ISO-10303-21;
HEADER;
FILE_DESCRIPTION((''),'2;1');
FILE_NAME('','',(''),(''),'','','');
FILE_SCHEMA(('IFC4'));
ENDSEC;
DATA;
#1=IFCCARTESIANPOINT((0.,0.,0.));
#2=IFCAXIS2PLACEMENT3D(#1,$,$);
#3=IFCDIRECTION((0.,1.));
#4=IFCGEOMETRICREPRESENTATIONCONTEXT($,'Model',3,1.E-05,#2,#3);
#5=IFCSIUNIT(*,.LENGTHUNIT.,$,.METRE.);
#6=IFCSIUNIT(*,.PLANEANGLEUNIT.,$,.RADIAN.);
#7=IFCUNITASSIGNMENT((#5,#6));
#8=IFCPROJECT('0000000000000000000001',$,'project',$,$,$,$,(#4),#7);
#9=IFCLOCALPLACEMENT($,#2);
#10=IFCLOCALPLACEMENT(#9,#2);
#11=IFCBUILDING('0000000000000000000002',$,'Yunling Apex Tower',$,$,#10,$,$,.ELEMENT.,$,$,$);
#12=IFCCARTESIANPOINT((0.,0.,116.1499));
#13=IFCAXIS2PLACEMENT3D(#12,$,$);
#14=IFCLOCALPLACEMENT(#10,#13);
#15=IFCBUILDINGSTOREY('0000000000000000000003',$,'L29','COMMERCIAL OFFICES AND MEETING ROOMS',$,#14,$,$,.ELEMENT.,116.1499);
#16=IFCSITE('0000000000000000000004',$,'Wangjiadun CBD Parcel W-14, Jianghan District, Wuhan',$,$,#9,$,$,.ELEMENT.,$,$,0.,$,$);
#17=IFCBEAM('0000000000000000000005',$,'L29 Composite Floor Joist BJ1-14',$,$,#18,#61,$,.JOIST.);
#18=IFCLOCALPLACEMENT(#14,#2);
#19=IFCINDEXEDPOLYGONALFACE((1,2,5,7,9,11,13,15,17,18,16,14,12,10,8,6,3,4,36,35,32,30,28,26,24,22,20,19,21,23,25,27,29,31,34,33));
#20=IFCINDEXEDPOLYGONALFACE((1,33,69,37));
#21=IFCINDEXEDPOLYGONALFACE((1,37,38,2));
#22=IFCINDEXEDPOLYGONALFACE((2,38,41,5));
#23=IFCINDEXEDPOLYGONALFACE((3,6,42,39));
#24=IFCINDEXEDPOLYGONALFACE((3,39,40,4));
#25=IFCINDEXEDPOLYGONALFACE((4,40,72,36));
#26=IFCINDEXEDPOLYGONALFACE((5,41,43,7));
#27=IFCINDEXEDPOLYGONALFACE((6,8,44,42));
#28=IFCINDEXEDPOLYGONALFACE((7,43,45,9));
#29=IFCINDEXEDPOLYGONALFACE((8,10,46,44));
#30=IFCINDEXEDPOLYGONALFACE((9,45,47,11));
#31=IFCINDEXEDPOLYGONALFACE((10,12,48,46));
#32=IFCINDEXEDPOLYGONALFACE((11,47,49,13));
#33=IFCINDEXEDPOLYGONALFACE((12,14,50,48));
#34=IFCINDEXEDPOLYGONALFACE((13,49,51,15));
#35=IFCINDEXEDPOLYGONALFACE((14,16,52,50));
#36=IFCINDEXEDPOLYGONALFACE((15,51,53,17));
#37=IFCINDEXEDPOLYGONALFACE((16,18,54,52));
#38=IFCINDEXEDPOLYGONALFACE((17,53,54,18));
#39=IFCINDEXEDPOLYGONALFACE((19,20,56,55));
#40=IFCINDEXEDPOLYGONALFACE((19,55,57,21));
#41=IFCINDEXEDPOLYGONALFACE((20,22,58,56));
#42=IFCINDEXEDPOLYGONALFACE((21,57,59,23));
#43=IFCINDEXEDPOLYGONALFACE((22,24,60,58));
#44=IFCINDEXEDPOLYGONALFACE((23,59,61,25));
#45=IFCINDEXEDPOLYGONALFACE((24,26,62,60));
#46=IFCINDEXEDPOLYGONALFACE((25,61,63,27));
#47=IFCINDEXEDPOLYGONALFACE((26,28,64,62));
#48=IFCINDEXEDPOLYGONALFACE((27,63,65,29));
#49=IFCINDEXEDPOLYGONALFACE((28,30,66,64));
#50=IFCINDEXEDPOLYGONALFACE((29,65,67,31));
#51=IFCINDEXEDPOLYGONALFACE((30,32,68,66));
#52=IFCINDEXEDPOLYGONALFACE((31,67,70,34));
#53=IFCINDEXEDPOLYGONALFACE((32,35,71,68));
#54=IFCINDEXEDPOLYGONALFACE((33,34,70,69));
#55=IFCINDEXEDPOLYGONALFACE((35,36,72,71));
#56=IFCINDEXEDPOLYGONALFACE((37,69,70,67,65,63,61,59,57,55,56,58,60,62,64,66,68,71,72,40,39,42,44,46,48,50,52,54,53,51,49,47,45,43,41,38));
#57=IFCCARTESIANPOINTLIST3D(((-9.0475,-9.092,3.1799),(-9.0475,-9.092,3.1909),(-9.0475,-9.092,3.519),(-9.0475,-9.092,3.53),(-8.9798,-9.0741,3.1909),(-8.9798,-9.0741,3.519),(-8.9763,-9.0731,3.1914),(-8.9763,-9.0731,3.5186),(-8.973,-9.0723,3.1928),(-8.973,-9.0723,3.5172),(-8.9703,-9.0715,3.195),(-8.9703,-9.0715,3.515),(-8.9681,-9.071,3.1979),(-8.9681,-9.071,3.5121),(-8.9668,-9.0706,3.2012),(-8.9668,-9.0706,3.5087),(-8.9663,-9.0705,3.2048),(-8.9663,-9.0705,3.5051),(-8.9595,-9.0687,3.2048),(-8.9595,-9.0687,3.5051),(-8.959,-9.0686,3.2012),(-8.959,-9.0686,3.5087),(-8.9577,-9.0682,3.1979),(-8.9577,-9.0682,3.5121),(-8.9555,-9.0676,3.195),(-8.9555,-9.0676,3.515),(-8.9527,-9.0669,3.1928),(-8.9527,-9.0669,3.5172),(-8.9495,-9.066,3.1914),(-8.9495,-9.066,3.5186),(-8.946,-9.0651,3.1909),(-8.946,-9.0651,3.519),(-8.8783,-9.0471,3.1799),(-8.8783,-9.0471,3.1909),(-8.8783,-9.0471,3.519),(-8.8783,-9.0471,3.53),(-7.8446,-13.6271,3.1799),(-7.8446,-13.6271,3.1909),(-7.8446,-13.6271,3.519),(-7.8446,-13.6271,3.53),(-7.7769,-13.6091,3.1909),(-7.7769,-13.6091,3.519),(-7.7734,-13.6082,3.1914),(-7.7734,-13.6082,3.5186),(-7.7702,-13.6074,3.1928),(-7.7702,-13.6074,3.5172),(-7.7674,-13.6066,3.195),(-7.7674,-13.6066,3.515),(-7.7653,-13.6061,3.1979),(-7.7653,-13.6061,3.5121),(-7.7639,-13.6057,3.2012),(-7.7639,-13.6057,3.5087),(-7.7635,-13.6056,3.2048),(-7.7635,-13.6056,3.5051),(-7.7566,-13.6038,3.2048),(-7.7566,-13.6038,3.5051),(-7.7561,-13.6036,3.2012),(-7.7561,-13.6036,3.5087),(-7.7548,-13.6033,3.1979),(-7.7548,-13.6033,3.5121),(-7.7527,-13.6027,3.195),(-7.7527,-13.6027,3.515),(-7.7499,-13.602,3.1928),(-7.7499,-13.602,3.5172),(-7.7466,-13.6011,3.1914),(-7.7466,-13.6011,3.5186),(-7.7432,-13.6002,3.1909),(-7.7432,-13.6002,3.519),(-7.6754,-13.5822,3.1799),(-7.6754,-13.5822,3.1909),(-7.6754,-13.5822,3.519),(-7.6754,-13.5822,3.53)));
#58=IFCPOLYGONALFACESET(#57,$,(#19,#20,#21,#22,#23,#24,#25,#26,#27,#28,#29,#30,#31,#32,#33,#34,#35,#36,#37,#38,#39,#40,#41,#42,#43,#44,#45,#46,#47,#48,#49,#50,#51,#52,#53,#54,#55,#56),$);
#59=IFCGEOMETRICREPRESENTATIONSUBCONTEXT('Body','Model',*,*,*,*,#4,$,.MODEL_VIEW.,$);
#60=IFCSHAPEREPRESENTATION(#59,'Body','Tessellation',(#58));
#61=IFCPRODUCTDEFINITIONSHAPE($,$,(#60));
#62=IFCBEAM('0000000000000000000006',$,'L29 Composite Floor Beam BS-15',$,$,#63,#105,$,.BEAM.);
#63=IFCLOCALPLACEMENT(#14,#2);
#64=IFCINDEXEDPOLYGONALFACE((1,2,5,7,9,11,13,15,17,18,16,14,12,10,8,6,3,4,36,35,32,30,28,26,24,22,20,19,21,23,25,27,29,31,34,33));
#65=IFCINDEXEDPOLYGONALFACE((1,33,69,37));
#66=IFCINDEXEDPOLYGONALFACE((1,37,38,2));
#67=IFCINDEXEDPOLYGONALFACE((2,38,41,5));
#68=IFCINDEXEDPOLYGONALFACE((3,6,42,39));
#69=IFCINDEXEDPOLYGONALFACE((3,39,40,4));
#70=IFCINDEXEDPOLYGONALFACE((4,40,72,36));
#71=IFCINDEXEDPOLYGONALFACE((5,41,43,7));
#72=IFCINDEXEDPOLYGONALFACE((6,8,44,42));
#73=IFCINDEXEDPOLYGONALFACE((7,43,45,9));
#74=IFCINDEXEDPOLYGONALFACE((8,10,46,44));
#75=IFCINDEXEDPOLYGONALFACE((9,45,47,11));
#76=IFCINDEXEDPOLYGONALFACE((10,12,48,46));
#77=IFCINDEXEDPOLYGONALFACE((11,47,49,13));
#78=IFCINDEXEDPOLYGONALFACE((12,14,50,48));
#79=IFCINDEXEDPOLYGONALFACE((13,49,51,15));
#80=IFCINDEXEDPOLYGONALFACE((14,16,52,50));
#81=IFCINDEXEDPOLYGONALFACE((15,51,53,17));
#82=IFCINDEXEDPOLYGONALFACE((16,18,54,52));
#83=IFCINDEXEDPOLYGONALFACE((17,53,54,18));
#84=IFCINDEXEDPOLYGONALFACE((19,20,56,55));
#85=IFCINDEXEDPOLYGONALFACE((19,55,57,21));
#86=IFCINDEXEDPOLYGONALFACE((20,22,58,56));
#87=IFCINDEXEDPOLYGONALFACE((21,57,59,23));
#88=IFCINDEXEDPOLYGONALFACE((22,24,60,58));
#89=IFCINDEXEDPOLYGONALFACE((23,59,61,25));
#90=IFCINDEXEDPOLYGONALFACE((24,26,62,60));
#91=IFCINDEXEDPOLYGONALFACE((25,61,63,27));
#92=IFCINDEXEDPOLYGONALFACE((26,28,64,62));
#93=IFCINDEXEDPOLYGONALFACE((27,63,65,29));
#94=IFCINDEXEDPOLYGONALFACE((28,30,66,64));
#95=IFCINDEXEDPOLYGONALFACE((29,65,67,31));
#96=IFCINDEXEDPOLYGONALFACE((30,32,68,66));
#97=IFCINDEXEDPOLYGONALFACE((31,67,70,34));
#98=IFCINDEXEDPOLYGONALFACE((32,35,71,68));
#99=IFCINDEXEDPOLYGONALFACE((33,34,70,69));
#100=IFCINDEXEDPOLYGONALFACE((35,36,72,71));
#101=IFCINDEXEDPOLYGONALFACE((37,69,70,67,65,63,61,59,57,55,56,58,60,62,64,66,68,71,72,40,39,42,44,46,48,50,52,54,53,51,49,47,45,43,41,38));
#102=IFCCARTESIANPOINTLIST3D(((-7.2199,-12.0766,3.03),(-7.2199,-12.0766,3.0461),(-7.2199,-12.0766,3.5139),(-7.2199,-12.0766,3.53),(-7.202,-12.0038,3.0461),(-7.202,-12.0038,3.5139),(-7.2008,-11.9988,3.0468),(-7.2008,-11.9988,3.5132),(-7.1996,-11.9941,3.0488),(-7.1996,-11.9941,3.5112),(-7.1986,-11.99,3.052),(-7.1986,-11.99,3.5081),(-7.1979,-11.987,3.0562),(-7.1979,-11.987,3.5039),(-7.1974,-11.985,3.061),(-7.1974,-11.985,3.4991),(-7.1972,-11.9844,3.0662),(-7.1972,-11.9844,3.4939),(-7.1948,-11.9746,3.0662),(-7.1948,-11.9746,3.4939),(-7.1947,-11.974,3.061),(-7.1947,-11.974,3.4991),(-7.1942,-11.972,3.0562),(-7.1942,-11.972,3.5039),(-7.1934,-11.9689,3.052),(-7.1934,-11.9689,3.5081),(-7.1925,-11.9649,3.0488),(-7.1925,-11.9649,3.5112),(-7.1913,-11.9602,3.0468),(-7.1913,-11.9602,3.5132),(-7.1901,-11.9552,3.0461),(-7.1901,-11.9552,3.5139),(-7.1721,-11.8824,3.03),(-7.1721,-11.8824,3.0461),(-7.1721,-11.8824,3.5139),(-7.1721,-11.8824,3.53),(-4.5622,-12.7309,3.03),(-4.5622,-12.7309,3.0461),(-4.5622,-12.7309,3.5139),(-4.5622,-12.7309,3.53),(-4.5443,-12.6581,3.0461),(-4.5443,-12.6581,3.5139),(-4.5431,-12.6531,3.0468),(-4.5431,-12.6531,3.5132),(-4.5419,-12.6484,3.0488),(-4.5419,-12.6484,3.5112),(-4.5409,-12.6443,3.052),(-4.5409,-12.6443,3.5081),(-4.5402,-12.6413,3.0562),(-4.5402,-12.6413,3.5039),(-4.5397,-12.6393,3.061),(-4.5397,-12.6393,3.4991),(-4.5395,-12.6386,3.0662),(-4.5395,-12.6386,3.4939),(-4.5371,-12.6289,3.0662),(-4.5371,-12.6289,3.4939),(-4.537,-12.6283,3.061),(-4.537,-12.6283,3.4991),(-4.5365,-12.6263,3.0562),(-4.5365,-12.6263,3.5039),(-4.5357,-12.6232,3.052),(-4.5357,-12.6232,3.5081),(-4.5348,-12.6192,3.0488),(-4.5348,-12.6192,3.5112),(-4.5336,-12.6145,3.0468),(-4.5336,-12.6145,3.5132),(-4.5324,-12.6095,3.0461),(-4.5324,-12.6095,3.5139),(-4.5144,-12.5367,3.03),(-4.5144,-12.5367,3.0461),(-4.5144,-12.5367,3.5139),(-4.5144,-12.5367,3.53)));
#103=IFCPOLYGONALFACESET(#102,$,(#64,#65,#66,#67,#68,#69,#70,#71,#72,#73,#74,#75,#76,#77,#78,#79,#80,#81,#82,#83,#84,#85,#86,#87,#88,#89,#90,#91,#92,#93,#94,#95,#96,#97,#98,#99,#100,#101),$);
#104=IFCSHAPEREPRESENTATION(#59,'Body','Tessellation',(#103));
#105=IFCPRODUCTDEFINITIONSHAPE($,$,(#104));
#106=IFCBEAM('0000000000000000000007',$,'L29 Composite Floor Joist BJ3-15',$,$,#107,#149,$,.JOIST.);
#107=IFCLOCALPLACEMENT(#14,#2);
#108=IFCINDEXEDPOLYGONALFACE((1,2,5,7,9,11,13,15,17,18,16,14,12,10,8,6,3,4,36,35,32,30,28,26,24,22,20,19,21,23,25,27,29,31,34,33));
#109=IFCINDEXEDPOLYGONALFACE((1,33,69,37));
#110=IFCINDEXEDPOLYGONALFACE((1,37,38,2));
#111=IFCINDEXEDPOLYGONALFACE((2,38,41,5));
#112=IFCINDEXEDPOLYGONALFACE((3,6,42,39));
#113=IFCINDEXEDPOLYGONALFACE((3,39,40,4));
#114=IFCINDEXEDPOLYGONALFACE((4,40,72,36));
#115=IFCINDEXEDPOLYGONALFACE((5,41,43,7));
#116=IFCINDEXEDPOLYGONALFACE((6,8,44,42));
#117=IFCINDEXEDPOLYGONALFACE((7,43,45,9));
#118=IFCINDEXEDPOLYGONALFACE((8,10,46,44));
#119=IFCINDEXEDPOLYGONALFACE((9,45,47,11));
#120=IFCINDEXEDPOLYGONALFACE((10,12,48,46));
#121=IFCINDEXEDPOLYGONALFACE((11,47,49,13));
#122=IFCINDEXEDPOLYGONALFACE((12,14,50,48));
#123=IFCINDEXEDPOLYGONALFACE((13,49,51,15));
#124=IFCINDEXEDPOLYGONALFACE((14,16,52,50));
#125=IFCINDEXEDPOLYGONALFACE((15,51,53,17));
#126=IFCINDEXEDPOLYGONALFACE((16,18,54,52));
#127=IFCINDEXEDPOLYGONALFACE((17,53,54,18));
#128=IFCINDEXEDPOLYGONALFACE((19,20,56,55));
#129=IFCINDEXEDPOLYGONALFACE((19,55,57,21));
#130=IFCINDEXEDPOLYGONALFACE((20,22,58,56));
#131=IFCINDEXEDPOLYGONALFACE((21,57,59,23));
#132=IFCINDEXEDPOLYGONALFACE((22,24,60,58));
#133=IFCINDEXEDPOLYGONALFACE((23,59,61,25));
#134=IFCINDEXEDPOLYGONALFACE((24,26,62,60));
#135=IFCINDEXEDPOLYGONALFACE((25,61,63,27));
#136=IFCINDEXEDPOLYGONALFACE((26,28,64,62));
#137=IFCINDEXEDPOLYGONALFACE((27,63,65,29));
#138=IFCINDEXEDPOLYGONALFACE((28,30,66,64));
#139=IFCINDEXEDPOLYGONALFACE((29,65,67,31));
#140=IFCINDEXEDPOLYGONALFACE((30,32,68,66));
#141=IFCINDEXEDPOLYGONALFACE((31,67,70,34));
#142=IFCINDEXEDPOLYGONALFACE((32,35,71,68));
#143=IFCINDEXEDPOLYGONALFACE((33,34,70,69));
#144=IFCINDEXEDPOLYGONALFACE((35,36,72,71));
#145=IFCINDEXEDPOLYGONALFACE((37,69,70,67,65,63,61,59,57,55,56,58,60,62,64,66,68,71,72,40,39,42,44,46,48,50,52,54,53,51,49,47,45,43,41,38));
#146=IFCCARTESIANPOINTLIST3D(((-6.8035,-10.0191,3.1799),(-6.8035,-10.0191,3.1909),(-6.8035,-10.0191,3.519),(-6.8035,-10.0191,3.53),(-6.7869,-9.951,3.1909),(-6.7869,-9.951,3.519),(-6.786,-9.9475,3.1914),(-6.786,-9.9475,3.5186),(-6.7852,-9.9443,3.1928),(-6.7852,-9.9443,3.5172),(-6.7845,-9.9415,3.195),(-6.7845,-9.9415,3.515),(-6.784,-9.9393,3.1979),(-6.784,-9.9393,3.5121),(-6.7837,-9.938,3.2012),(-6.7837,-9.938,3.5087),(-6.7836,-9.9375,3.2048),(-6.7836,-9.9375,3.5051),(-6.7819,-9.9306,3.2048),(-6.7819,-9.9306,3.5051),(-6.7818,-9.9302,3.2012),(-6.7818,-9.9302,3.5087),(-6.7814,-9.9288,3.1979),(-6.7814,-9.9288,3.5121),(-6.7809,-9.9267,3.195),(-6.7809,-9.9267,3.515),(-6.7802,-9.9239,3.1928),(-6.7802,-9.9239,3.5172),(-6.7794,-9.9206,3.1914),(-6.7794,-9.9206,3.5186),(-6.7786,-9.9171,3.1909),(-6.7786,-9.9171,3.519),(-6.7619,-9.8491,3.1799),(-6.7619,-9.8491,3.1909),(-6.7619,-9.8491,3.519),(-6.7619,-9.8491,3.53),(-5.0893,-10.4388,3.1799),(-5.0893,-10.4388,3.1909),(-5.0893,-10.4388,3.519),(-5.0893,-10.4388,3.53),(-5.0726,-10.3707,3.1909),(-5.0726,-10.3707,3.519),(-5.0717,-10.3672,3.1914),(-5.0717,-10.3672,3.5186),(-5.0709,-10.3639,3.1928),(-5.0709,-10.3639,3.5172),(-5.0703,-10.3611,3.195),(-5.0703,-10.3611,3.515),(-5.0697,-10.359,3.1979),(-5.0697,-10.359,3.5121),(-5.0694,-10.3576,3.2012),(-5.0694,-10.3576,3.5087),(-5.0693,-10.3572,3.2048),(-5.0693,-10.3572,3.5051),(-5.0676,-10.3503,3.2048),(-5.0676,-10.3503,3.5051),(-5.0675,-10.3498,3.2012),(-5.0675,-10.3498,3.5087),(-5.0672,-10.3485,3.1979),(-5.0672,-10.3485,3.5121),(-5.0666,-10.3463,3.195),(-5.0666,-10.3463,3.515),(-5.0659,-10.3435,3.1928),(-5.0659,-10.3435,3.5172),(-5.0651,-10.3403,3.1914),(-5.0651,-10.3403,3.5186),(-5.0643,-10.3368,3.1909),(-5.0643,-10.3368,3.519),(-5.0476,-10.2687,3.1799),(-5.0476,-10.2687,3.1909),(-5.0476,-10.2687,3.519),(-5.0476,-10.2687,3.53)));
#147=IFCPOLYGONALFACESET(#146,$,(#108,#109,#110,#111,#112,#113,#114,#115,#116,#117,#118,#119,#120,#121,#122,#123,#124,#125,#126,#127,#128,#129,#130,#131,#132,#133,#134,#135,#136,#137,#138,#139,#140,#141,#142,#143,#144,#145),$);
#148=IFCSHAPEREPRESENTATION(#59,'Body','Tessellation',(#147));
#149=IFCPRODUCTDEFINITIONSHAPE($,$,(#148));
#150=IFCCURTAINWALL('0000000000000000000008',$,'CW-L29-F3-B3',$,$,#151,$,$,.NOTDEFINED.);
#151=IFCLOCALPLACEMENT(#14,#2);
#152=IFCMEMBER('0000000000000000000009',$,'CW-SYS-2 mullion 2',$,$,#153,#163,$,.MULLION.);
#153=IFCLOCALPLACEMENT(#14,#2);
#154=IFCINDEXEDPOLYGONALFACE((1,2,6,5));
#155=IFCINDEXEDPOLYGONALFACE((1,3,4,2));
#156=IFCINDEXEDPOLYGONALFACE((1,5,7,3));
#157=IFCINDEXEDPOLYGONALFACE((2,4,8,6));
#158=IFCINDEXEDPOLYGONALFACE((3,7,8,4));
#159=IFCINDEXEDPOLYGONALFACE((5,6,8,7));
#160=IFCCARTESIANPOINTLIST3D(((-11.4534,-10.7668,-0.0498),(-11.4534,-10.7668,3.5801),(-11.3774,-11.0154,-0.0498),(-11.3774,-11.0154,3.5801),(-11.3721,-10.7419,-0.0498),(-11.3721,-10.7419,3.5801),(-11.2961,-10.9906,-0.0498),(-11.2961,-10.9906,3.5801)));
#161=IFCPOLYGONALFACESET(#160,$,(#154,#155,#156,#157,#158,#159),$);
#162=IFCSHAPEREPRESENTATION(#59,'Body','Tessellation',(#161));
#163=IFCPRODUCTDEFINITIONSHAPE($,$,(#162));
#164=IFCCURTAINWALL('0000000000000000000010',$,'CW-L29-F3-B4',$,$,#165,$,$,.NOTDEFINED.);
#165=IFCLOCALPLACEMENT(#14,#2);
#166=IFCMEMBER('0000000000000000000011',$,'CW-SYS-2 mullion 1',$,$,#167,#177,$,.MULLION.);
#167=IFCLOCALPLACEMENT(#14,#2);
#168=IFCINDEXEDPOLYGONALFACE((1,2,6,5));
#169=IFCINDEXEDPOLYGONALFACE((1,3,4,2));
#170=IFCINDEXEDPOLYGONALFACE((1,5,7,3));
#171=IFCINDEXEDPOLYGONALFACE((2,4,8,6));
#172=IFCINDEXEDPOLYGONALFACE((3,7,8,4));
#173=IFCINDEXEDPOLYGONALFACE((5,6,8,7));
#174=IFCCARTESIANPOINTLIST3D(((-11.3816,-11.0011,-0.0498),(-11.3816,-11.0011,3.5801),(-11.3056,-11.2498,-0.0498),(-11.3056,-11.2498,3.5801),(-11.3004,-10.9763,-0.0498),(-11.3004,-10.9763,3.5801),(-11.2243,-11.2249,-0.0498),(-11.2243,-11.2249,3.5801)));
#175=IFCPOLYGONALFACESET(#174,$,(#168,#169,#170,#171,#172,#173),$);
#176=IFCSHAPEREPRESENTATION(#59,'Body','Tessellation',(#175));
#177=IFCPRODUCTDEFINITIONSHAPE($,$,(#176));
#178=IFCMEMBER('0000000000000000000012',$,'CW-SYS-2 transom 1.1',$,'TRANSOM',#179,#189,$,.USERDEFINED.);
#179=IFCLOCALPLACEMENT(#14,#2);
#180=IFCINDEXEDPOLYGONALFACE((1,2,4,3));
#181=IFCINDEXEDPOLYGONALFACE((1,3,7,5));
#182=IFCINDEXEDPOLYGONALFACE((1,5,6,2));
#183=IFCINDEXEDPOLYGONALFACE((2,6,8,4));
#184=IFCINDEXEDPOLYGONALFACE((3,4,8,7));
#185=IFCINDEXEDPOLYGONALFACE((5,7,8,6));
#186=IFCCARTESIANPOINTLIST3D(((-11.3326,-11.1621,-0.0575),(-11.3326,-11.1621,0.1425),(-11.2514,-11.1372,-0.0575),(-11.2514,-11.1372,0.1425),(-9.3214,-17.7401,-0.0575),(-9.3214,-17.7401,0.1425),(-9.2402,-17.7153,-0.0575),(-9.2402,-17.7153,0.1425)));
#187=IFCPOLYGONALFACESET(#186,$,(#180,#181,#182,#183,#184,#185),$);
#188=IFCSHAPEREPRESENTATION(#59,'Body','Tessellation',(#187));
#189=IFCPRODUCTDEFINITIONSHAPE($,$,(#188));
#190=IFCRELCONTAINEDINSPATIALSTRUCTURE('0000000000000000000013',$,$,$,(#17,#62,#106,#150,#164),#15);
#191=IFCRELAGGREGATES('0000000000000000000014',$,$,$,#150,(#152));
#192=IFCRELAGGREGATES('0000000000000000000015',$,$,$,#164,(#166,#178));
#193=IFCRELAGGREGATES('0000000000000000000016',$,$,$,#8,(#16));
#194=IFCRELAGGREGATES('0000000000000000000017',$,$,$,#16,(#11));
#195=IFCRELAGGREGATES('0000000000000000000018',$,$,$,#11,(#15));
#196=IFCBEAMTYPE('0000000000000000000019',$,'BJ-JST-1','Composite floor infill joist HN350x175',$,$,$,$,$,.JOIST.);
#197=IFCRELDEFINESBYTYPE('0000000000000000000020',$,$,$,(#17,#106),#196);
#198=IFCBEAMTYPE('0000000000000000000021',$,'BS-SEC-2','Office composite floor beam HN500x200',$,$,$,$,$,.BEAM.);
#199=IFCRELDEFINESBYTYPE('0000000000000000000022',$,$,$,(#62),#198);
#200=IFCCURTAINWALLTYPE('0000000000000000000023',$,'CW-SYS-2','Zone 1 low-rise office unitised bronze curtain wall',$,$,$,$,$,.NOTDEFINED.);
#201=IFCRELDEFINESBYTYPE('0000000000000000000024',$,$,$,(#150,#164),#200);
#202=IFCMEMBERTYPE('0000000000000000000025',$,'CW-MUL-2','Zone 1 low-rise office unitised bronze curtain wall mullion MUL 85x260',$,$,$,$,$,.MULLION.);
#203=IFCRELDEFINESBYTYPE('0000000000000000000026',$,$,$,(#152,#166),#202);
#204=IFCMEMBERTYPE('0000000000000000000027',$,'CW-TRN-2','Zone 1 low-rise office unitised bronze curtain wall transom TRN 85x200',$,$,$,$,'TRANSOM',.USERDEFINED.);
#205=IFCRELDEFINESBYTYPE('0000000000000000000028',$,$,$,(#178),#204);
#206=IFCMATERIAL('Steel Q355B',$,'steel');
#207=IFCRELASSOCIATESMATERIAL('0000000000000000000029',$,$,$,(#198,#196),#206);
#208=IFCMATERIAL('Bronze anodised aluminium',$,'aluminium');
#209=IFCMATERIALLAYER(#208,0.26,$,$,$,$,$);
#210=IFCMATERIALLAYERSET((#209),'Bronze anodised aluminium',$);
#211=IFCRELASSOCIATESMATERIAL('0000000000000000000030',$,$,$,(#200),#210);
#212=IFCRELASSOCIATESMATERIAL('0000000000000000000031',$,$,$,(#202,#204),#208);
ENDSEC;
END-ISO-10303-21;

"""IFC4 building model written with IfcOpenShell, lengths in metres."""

from ifc_helpers import new_model, si_unit, direction, frame, origin, origin_2d, place, context, subcontext, project, spatial, rectangle, i_section, extrude, source, transform, mapped, material, layer, layer_set, material_profile, profile_set, type_object, element, aggregate, save


model = new_model("IFC4")

# Units and contexts
model_context = context("Model", 3, precision=1e-05, world=origin(), true_north=direction((0.0, 1.0)))
body_context = subcontext(model_context, "Body", "Model", "MODEL_VIEW")
ifc_project = project(units=[si_unit("LENGTHUNIT", "METRE"), si_unit("PLANEANGLEUNIT", "RADIAN")], contexts=[model_context])

# Site, building, storey
site_placement = place(None, origin())
site = spatial("IfcSite", under=ifc_project, at=site_placement, Name="Wangjiadun CBD Parcel W-14, Jianghan District, Wuhan", CompositionType="ELEMENT", RefElevation=0.0)
building_placement = place(site_placement, origin())
building = spatial("IfcBuilding", under=site, at=building_placement, Name="Yunling Apex Tower", CompositionType="ELEMENT")
storey_placement = place(building_placement, frame((0.0, 0.0, 116.1499)))
storey = spatial("IfcBuildingStorey", under=building, at=storey_placement, Name="L29", Description="COMMERCIAL OFFICES AND MEETING ROOMS", CompositionType="ELEMENT", Elevation=116.1499)

# Beams
ifc_material_1 = material(Name="Steel Q355B", Category="steel")
ifc_material_profile_1 = material_profile(ifc_material_1, i_section(OverallWidth=0.2, OverallDepth=0.5, WebThickness=0.01, FlangeThickness=0.0161, FilletRadius=0.02, at=origin_2d()))
ifc_profile_set_1 = profile_set([ifc_material_profile_1], Name="Steel Q355B")
beam_type_1 = type_object("IfcBeamType", Name="BS-SEC-2", Description="Office composite floor beam HN500x200", PredefinedType="BEAM", material=ifc_profile_set_1)
ifc_material_profile_2 = material_profile(ifc_material_1, i_section(OverallWidth=0.175, OverallDepth=0.3501, WebThickness=0.0071, FlangeThickness=0.011, FilletRadius=0.0139, at=origin_2d()))
ifc_profile_set_2 = profile_set([ifc_material_profile_2], Name="Steel Q355B")
beam_type_2 = type_object("IfcBeamType", Name="BJ-JST-1", Description="Composite floor infill joist HN350x175", PredefinedType="JOIST", material=ifc_profile_set_2)
shared_shape_1 = source(origin(), body_context, "Body", "SweptSolid", [
    extrude(i_section(OverallWidth=0.175, OverallDepth=0.3501, WebThickness=0.0071, FlangeThickness=0.011, FilletRadius=0.0139, at=origin_2d()), origin(), (0.0, 0.0, 1.0), 4.6919),
])
beam_1_placement = place(storey_placement, frame((-8.9629, -9.0696, 3.355), z_axis=(0.25637, -0.966579, 0.0), x_axis=(0.966579, 0.25637, 0.0)))
element("IfcBeam", 1, at=beam_1_placement, inside=storey, type_object=beam_type_2, Name="L29 Composite Floor Joist BJ1-14", PredefinedType="JOIST", context=body_context, shape_type="MappedRepresentation", body=[
    mapped(shared_shape_1, transform((0.0, 0.0, 0.0), scale=1.0)),
])
shared_shape_2 = source(origin(), body_context, "Body", "SweptSolid", [
    extrude(i_section(OverallWidth=0.2, OverallDepth=0.5, WebThickness=0.01, FlangeThickness=0.0161, FilletRadius=0.02, at=origin_2d()), origin(), (0.0, 0.0, 1.0), 2.7371),
])
beam_2_placement = place(storey_placement, frame((-7.196, -11.9795, 3.28), z_axis=(0.971007, -0.23905, 0.0), x_axis=(0.23905, 0.971007, 0.0)))
element("IfcBeam", 2, at=beam_2_placement, inside=storey, type_object=beam_type_1, Name="L29 Composite Floor Beam BS-15", PredefinedType="BEAM", context=body_context, shape_type="MappedRepresentation", body=[
    mapped(shared_shape_2, transform((0.0, 0.0, 0.0), scale=1.0)),
])
shared_shape_3 = source(origin(), body_context, "Body", "SweptSolid", [
    extrude(i_section(OverallWidth=0.175, OverallDepth=0.3501, WebThickness=0.0071, FlangeThickness=0.011, FilletRadius=0.0139, at=origin_2d()), origin(), (0.0, 0.0, 1.0), 1.7649),
])
beam_3_placement = place(storey_placement, frame((-6.7827, -9.9341, 3.355), z_axis=(0.971319, -0.237781, 0.0), x_axis=(0.237781, 0.971319, 0.0)))
element("IfcBeam", 3, at=beam_3_placement, inside=storey, type_object=beam_type_2, Name="L29 Composite Floor Joist BJ3-15", PredefinedType="JOIST", context=body_context, shape_type="MappedRepresentation", body=[
    mapped(shared_shape_3, transform((0.0, 0.0, 0.0), scale=1.0)),
])

# Curtain wall, member
ifc_material_2 = material(Name="Bronze anodised aluminium", Category="aluminium")
ifc_layer_1 = layer(ifc_material_2, 0.26)
ifc_layer_set_1 = layer_set([ifc_layer_1], Name="Bronze anodised aluminium")
curtain_wall_type = type_object("IfcCurtainWallType", Name="CW-SYS-2", Description="Zone 1 low-rise office unitised bronze curtain wall", PredefinedType="NOTDEFINED", material=ifc_layer_set_1)
curtain_wall_1_placement = place(storey_placement, origin())
curtain_wall_1 = element("IfcCurtainWall", 4, at=curtain_wall_1_placement, inside=storey, type_object=curtain_wall_type, Name="CW-L29-F3-B3", PredefinedType="NOTDEFINED")
ifc_material_profile_3 = material_profile(ifc_material_2, rectangle(XDim=0.085, YDim=0.26, at=origin_2d()))
ifc_profile_set_3 = profile_set([ifc_material_profile_3], Name="Bronze anodised aluminium")
member_type_1 = type_object("IfcMemberType", Name="CW-MUL-2", Description="Zone 1 low-rise office unitised bronze curtain wall mullion MUL 85x260", PredefinedType="MULLION", material=ifc_profile_set_3)
shared_shape_4 = source(origin(), body_context, "Body", "SweptSolid", [
    extrude(rectangle(XDim=0.085, YDim=0.26, at=origin_2d()), origin(), (0.0, 0.0, 1.0), 3.6299),
])
member_1_placement = place(storey_placement, frame((-11.3748, -10.8787, -0.0498), z_axis=(0.0, 0.0, 1.0), x_axis=(0.956304, 0.292373, 0.0)))
member_1 = element("IfcMember", 5, at=member_1_placement, type_object=member_type_1, Name="CW-SYS-2 mullion 2", PredefinedType="MULLION", context=body_context, shape_type="MappedRepresentation", body=[
    mapped(shared_shape_4, transform((0.0, 0.0, 0.0), scale=1.0)),
])
aggregate(curtain_wall_1, [member_1])

# Curtain wall, members
curtain_wall_2_placement = place(storey_placement, origin())
curtain_wall_2 = element("IfcCurtainWall", 6, at=curtain_wall_2_placement, inside=storey, type_object=curtain_wall_type, Name="CW-L29-F3-B4", PredefinedType="NOTDEFINED")
member_2_placement = place(storey_placement, frame((-11.303, -11.113, -0.0498), z_axis=(0.0, 0.0, 1.0), x_axis=(0.956304, 0.292373, 0.0)))
member_2 = element("IfcMember", 7, at=member_2_placement, type_object=member_type_1, Name="CW-SYS-2 mullion 1", PredefinedType="MULLION", context=body_context, shape_type="MappedRepresentation", body=[
    mapped(shared_shape_4, transform((0.0, 0.0, 0.0), scale=1.0)),
])
ifc_material_profile_4 = material_profile(ifc_material_2, rectangle(XDim=0.085, YDim=0.2, at=origin_2d()))
ifc_profile_set_4 = profile_set([ifc_material_profile_4], Name="Bronze anodised aluminium")
member_type_2 = type_object("IfcMemberType", Name="CW-TRN-2", Description="Zone 1 low-rise office unitised bronze curtain wall transom TRN 85x200", ElementType="TRANSOM", PredefinedType="USERDEFINED", material=ifc_profile_set_4)
shared_shape_5 = source(origin(), body_context, "Body", "SweptSolid", [
    extrude(rectangle(XDim=0.085, YDim=0.2, at=origin_2d()), origin(), (0.0, 0.0, 1.0), 6.8787),
])
member_3_placement = place(storey_placement, frame((-11.292, -11.1497, 0.0425), z_axis=(0.292384, -0.956301, 0.0), x_axis=(0.956301, 0.292384, 0.0)))
member_3 = element("IfcMember", 8, at=member_3_placement, type_object=member_type_2, Name="CW-SYS-2 transom 1.1", ObjectType="TRANSOM", PredefinedType="USERDEFINED", context=body_context, shape_type="MappedRepresentation", body=[
    mapped(shared_shape_5, transform((0.0, 0.0, 0.0), scale=1.0)),
])
aggregate(curtain_wall_2, [member_2, member_3])

save(model, "model.ifc")
